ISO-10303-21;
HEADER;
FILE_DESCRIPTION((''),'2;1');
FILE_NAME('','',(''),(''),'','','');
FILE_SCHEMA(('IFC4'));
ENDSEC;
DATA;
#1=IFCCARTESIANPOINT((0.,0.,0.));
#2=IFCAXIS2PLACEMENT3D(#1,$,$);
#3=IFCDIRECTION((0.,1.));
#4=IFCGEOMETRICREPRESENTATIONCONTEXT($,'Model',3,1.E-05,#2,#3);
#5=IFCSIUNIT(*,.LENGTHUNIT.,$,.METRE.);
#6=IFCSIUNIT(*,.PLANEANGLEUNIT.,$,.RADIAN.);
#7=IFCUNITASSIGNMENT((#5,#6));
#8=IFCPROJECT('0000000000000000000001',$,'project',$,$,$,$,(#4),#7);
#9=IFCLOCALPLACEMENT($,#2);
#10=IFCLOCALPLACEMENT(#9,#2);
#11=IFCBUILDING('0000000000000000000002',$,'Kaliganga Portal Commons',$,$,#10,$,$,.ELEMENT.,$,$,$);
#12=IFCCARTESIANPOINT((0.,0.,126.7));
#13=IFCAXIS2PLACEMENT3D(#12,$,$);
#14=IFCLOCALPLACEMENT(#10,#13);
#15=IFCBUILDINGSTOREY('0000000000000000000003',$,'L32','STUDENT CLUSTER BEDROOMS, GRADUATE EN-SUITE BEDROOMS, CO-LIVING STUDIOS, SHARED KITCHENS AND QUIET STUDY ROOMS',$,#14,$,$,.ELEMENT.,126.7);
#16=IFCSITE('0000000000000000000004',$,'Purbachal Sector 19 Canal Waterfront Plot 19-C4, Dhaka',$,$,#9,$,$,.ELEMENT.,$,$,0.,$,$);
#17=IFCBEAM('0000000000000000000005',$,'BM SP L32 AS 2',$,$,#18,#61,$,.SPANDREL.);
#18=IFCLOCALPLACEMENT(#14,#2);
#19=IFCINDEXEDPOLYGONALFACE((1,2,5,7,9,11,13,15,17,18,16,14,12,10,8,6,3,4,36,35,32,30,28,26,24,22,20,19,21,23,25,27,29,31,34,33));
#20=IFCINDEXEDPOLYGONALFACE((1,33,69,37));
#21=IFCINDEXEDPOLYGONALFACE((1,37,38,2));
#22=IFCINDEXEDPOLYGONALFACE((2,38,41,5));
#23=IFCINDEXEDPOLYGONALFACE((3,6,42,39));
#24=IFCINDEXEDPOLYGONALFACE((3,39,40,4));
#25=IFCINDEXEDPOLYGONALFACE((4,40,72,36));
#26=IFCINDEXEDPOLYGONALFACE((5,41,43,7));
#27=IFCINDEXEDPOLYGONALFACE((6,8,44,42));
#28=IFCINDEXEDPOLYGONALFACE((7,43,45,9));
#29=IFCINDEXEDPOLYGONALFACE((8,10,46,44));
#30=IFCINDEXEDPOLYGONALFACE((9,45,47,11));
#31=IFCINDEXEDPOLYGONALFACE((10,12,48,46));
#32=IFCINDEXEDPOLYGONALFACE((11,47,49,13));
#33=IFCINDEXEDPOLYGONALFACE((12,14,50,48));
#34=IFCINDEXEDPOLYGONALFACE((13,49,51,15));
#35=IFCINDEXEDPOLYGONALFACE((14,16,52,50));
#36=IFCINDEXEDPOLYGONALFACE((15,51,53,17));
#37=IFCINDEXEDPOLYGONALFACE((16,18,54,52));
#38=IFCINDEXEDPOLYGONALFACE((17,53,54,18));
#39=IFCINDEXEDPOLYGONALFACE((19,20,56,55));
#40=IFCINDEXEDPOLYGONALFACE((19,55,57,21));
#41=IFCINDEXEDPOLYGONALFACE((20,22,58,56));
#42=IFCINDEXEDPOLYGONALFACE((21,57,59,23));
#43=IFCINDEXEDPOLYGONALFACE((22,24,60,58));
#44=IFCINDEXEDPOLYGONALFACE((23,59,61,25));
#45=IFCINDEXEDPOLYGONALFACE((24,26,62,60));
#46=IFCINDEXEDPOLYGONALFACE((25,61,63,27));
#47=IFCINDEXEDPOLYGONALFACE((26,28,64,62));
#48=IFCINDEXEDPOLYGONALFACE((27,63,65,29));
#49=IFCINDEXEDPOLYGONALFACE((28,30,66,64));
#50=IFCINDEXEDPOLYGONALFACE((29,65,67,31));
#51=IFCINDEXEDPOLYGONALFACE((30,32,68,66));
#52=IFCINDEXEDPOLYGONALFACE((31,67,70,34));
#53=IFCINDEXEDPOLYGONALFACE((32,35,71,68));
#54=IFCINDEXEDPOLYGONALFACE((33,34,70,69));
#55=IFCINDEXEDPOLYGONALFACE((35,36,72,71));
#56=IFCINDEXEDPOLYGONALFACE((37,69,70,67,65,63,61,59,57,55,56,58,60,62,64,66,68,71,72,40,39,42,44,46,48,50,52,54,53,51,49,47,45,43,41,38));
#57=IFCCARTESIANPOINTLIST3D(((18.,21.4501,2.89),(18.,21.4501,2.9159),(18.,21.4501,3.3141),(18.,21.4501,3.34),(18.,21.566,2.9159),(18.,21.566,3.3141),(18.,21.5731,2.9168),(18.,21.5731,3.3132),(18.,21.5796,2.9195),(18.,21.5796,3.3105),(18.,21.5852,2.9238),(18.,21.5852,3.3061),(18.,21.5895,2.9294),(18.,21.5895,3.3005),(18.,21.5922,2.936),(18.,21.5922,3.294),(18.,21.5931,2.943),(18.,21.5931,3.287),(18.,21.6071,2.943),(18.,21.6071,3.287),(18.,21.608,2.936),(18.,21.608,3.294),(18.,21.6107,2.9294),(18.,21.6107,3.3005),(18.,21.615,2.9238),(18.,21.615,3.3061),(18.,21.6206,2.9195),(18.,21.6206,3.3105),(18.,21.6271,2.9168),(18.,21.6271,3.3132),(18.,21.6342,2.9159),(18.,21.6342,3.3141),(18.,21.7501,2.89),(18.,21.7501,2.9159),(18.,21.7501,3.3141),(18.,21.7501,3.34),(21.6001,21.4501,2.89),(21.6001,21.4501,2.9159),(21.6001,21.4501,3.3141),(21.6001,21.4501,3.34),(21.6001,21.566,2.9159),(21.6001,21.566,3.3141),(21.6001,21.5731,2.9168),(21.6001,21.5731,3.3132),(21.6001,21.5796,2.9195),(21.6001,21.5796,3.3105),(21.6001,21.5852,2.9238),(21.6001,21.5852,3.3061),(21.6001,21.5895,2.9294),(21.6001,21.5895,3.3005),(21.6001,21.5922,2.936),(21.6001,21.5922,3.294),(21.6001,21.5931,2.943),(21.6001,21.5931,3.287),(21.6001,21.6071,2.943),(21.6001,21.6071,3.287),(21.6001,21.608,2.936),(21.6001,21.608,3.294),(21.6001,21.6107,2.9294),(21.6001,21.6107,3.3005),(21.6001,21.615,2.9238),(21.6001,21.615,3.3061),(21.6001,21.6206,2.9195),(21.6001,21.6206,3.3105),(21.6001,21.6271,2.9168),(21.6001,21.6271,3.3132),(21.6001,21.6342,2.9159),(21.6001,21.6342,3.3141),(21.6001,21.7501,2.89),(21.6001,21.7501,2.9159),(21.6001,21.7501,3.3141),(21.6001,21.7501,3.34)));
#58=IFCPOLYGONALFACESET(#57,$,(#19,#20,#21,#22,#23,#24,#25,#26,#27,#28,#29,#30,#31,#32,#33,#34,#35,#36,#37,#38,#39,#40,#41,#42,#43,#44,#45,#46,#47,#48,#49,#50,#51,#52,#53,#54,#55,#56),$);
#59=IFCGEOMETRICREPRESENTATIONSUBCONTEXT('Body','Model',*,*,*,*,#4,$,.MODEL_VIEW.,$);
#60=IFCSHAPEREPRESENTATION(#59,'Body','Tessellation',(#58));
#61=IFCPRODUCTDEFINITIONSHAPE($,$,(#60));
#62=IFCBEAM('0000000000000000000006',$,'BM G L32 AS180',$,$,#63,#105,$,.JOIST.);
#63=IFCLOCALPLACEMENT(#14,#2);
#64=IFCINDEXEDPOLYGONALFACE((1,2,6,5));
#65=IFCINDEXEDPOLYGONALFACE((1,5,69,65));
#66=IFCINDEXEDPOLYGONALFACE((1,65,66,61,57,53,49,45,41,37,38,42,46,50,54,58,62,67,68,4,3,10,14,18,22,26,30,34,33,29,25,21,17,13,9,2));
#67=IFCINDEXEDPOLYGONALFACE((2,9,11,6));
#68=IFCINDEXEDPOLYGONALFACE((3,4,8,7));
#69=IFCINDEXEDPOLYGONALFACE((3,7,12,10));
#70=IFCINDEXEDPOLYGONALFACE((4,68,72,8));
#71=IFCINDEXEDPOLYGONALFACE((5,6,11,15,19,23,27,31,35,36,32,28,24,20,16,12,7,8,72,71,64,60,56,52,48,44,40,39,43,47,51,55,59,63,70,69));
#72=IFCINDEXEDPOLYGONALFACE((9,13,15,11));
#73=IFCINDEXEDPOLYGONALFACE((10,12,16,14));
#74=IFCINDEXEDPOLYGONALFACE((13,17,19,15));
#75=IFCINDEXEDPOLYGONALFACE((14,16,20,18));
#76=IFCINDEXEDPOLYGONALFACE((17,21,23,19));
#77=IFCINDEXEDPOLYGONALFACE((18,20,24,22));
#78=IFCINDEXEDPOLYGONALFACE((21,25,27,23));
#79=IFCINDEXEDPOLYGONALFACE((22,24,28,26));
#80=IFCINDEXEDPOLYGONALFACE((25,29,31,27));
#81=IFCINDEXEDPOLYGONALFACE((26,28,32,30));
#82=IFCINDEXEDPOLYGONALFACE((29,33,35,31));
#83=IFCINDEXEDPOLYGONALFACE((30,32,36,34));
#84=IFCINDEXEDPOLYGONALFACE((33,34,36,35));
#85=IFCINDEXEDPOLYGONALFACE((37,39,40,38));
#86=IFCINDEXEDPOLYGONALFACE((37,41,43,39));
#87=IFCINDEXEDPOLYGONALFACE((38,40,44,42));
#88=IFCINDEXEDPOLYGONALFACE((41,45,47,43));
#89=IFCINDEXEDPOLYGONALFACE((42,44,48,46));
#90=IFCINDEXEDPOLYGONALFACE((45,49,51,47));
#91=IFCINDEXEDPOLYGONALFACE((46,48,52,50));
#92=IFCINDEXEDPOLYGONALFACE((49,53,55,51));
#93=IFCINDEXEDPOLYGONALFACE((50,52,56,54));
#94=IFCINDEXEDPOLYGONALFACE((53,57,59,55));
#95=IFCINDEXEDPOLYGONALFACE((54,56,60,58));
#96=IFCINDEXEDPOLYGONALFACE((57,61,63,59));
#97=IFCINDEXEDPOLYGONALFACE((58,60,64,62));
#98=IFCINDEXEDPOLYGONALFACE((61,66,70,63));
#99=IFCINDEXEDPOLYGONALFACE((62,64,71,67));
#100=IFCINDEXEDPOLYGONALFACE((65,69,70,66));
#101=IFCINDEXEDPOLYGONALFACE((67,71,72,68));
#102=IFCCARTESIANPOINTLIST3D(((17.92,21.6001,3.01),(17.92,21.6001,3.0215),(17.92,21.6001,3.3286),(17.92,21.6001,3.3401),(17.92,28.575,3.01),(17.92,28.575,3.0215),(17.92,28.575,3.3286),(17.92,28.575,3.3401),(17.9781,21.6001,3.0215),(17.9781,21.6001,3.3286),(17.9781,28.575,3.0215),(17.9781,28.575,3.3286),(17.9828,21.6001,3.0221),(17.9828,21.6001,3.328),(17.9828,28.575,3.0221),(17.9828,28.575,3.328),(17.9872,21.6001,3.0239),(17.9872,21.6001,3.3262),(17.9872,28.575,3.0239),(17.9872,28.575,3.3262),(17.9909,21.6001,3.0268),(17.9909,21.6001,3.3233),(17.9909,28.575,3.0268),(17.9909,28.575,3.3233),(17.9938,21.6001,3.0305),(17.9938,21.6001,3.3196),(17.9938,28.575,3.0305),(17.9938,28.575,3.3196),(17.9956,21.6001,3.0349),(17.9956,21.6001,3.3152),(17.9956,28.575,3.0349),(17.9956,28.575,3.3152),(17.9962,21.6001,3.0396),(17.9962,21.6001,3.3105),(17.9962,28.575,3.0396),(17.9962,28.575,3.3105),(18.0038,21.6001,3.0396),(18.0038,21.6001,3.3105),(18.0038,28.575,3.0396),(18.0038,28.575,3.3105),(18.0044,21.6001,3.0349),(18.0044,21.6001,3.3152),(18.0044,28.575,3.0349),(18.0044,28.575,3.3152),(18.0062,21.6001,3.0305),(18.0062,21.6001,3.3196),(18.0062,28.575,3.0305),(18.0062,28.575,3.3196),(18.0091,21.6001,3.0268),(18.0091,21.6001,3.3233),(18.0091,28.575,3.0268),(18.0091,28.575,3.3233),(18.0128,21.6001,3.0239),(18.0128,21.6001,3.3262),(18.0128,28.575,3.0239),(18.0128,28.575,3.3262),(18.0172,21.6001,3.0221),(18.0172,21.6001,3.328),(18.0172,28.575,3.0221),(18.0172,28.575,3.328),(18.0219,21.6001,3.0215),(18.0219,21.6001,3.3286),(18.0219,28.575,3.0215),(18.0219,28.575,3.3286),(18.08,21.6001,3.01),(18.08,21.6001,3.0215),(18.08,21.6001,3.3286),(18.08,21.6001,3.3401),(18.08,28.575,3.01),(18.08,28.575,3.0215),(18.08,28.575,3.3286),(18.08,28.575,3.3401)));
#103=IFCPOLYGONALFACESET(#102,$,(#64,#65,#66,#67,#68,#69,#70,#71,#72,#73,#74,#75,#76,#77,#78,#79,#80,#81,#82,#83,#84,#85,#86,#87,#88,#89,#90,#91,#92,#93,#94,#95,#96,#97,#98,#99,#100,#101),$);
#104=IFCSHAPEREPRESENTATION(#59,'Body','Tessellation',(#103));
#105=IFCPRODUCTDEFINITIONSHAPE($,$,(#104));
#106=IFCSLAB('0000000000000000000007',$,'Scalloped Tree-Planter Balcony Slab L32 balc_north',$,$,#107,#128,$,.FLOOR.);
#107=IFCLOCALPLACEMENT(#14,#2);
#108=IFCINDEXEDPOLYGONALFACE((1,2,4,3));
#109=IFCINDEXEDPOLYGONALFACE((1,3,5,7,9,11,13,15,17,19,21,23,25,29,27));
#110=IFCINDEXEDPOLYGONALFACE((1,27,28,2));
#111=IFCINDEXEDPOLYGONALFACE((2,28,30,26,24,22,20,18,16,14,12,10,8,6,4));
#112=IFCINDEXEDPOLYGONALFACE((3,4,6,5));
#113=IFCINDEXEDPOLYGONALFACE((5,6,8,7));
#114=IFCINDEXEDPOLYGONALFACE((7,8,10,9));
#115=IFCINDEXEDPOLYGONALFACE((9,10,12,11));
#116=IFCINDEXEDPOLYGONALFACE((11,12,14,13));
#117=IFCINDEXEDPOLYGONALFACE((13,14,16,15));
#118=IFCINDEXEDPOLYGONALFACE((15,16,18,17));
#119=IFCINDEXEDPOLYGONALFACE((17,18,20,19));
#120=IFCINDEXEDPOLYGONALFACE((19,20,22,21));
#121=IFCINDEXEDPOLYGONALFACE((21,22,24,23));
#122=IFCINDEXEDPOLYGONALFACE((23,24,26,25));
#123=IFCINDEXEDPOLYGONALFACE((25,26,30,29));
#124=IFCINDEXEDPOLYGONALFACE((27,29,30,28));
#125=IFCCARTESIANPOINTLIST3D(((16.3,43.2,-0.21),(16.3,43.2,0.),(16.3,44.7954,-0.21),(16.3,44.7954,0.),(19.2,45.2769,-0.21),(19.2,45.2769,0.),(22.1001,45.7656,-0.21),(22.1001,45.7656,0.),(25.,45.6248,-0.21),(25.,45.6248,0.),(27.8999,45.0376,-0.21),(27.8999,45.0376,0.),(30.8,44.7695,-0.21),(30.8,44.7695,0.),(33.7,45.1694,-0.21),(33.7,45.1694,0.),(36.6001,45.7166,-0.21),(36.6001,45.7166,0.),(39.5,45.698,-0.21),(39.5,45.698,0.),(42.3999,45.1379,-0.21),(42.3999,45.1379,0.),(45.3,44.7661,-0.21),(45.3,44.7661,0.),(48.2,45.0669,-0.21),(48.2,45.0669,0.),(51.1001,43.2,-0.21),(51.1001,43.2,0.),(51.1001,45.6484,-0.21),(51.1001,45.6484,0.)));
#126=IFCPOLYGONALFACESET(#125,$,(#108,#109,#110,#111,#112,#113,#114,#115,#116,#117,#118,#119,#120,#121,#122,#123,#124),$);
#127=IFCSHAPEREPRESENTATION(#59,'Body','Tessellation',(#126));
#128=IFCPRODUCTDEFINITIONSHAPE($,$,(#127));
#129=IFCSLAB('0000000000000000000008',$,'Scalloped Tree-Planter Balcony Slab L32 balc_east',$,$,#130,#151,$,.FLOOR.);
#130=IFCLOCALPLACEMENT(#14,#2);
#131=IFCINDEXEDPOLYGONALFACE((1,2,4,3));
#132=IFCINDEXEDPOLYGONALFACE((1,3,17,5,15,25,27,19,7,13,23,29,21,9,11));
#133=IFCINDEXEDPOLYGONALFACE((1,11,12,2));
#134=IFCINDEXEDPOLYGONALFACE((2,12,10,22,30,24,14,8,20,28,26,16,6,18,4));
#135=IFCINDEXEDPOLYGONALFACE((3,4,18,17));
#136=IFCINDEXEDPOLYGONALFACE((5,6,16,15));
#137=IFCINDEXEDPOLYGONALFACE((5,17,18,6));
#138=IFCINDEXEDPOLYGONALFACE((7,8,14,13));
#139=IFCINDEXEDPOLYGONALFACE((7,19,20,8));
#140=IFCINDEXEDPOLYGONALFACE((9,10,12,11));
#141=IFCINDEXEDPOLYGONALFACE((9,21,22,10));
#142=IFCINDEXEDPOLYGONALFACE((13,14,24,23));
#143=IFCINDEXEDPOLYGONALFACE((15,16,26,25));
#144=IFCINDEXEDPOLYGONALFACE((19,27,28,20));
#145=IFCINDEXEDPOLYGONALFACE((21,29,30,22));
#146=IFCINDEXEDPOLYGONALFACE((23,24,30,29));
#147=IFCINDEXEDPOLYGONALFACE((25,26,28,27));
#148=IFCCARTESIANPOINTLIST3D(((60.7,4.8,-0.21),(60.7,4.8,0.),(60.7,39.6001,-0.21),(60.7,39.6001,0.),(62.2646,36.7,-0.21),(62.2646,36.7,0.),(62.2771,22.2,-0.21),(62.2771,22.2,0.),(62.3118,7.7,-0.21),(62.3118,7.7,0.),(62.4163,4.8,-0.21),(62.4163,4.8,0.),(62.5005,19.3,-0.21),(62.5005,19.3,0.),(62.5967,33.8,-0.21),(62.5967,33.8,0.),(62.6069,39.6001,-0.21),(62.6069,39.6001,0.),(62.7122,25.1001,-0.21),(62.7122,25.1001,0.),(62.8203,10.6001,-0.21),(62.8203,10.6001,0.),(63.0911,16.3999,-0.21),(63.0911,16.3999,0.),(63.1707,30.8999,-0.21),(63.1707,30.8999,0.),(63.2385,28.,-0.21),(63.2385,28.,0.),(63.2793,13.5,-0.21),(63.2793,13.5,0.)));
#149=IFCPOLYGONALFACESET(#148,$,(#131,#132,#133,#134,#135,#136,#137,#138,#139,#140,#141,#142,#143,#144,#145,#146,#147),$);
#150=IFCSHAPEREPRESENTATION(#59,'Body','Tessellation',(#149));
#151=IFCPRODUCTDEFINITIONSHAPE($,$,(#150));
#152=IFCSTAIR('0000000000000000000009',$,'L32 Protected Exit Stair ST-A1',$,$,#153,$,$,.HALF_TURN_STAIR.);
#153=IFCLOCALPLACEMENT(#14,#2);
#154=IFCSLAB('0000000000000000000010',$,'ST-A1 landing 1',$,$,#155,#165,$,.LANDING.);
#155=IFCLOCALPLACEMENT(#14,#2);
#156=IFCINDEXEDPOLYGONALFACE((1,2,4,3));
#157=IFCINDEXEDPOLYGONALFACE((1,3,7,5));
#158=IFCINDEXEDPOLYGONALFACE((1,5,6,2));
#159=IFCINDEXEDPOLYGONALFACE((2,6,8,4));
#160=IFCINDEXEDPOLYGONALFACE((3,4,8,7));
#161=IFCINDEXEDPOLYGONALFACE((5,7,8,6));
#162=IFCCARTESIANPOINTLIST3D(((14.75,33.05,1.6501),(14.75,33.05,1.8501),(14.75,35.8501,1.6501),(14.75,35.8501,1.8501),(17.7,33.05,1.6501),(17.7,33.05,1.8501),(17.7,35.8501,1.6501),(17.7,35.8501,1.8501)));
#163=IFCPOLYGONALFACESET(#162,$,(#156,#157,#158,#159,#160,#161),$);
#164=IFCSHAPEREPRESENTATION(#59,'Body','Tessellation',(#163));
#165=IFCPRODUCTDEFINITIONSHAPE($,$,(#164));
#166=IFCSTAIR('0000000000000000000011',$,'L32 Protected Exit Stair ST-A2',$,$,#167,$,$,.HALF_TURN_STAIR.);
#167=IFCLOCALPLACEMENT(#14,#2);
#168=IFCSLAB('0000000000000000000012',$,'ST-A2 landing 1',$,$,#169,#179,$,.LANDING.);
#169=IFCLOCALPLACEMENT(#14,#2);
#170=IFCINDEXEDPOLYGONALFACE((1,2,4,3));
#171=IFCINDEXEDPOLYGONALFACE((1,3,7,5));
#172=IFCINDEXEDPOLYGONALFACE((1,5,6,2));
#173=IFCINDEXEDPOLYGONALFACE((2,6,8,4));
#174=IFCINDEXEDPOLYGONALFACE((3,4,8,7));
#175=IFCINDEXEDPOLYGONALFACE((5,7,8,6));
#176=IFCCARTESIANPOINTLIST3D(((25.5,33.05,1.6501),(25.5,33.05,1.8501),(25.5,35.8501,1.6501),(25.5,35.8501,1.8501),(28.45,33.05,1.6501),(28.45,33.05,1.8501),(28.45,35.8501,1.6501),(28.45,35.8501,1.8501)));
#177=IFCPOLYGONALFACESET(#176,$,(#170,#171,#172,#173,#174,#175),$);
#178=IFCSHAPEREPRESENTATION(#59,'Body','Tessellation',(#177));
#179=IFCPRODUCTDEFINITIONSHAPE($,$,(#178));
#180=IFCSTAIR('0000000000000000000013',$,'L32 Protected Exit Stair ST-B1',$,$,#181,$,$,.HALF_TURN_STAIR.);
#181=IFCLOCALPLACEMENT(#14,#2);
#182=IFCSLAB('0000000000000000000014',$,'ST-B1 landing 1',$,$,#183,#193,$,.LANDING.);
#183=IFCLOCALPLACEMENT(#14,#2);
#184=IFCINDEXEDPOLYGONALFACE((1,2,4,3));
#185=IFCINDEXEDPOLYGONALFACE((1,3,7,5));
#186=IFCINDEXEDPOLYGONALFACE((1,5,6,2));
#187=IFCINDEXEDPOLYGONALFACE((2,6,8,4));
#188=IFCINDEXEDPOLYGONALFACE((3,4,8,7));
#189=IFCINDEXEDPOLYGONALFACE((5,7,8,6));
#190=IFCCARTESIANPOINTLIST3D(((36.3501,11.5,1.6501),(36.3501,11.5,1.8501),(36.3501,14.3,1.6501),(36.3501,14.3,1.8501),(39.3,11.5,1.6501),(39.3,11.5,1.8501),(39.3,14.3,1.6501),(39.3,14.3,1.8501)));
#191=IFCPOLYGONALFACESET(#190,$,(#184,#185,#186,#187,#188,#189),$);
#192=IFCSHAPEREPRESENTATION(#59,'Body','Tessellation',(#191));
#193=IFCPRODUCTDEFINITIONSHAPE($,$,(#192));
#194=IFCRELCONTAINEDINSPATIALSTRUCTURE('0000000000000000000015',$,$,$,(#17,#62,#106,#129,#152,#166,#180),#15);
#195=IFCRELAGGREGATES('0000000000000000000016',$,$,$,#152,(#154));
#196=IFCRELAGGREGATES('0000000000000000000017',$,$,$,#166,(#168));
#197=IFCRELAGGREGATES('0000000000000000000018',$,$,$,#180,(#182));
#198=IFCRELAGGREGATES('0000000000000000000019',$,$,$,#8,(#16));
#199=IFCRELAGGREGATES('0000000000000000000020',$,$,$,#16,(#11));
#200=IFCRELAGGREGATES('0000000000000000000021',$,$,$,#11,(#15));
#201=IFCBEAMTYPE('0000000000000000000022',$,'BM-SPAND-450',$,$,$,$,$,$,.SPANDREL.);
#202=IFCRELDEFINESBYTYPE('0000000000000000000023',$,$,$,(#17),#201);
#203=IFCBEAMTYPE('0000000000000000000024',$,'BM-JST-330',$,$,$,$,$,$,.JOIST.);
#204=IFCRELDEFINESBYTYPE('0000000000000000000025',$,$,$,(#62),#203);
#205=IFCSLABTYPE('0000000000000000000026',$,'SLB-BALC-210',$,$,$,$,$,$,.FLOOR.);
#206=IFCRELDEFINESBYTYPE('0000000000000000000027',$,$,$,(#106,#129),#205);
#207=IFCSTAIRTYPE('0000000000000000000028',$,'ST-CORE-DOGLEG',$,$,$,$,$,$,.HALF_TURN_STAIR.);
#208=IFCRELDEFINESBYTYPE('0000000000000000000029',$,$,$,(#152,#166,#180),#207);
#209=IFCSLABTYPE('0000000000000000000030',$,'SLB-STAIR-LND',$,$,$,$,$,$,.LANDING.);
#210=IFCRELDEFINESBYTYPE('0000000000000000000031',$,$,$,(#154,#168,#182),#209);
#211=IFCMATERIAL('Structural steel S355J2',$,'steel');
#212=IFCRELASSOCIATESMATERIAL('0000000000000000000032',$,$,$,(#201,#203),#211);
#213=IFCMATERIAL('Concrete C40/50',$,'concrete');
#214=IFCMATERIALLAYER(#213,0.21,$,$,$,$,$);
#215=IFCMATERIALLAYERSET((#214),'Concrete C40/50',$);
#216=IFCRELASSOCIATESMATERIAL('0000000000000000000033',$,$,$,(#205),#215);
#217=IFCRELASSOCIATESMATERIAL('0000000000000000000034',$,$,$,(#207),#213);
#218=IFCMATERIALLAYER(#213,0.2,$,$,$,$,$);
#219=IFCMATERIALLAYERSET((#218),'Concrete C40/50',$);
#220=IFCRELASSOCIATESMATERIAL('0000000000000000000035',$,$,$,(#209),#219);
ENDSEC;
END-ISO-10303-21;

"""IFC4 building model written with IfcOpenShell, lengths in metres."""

from ifc_helpers import new_model, si_unit, direction, frame, origin, origin_2d, place, context, subcontext, project, spatial, polyline, i_section, outline, extrude, source, transform, mapped, material, layer, layer_set, material_profile, profile_set, type_object, element, aggregate, save


model = new_model("IFC4")

# Units and contexts
model_context = context("Model", 3, precision=1e-05, world=origin(), true_north=direction((0.0, 1.0)))
body_context = subcontext(model_context, "Body", "Model", "MODEL_VIEW")
ifc_project = project(units=[si_unit("LENGTHUNIT", "METRE"), si_unit("PLANEANGLEUNIT", "RADIAN")], contexts=[model_context])

# Site, building, storey
site_placement = place(None, origin())
site = spatial("IfcSite", under=ifc_project, at=site_placement, Name="Purbachal Sector 19 Canal Waterfront Plot 19-C4, Dhaka", CompositionType="ELEMENT", RefElevation=0.0)
building_placement = place(site_placement, origin())
building = spatial("IfcBuilding", under=site, at=building_placement, Name="Kaliganga Portal Commons", CompositionType="ELEMENT")
storey_placement = place(building_placement, frame((0.0, 0.0, 126.7)))
storey = spatial("IfcBuildingStorey", under=building, at=storey_placement, Name="L32", Description="STUDENT CLUSTER BEDROOMS, GRADUATE EN-SUITE BEDROOMS, CO-LIVING STUDIOS, SHARED KITCHENS AND QUIET STUDY ROOMS", CompositionType="ELEMENT", Elevation=126.7)

# Beams
ifc_material_1 = material(Name="Structural steel S355J2", Category="steel")
ifc_material_profile_1 = material_profile(ifc_material_1, i_section(OverallWidth=0.3, OverallDepth=0.45, WebThickness=0.0139, FlangeThickness=0.0259, FilletRadius=0.0271, at=origin_2d()), Name="HE 450 B")
ifc_profile_set_1 = profile_set([ifc_material_profile_1], Name="Structural steel S355J2 wide-flange")
beam_type_1 = type_object("IfcBeamType", Name="BM-SPAND-450", PredefinedType="SPANDREL", material=ifc_profile_set_1)
shared_shape_1 = source(origin(), body_context, "Body", "SweptSolid", [
    extrude(i_section(OverallWidth=0.3, OverallDepth=0.45, WebThickness=0.0139, FlangeThickness=0.0259, FilletRadius=0.0271, at=origin_2d()), origin(), (0.0, 0.0, 1.0), 3.6001),
])
for number, where, z_axis, x_axis, name in (
    (1, (18.0, 21.6001, 3.115), (1.0, 0.0, 0.0), (0.0, 1.0, 0.0), "BM SP L32 AS 2"),
):
    element("IfcBeam", number, at=place(storey_placement, frame(where, z_axis=z_axis, x_axis=x_axis)), inside=storey, type_object=beam_type_1, Name=name, PredefinedType="SPANDREL", context=body_context, shape_type="MappedRepresentation", body=[
        mapped(shared_shape_1, transform((0.0, 0.0, 0.0), x_axis=(1.0, 0.0, 0.0), y_axis=(0.0, 1.0, 0.0), z_axis=(0.0, 0.0, 1.0), scale=1.0)),
    ])
ifc_material_profile_2 = material_profile(ifc_material_1, i_section(OverallWidth=0.1599, OverallDepth=0.3301, WebThickness=0.0076, FlangeThickness=0.0115, FilletRadius=0.0181, at=origin_2d()), Name="IPE 330")
ifc_profile_set_2 = profile_set([ifc_material_profile_2], Name="Structural steel S355J2 wide-flange")
beam_type_2 = type_object("IfcBeamType", Name="BM-JST-330", PredefinedType="JOIST", material=ifc_profile_set_2)
shared_shape_2 = source(origin(), body_context, "Body", "SweptSolid", [
    extrude(i_section(OverallWidth=0.1599, OverallDepth=0.3301, WebThickness=0.0076, FlangeThickness=0.0115, FilletRadius=0.0181, at=origin_2d()), origin(), (0.0, 0.0, 1.0), 6.9749),
])
beam_1_placement = place(storey_placement, frame((18.0, 21.6001, 3.175), z_axis=(0.0, 1.0, 0.0), x_axis=(-1.0, 0.0, 0.0)))
element("IfcBeam", 2, at=beam_1_placement, inside=storey, type_object=beam_type_2, Name="BM G L32 AS180", PredefinedType="JOIST", context=body_context, shape_type="MappedRepresentation", body=[
    mapped(shared_shape_2, transform((0.0, 0.0, 0.0), x_axis=(1.0, 0.0, 0.0), y_axis=(0.0, 1.0, 0.0), z_axis=(0.0, 0.0, 1.0), scale=1.0)),
])

# Slabs
ifc_material_2 = material(Name="Concrete C40/50", Category="concrete")
ifc_layer_1 = layer(ifc_material_2, 0.21)
ifc_layer_set_1 = layer_set([ifc_layer_1], Name="Concrete C40/50")
slab_type_1 = type_object("IfcSlabType", Name="SLB-BALC-210", PredefinedType="FLOOR", material=ifc_layer_set_1)
slab_1_placement = place(storey_placement, frame((0.0, 0.0, -0.21)))
element("IfcSlab", 3, at=slab_1_placement, inside=storey, type_object=slab_type_1, Name="Scalloped Tree-Planter Balcony Slab L32 balc_north", PredefinedType="FLOOR", context=body_context, shape_type="SweptSolid", body=[
    extrude(outline(polyline([(51.1001, 43.2), (51.1001, 45.6484), (48.2, 45.0669), (45.3, 44.7661), (42.3999, 45.1379), (39.5, 45.698), (36.6001, 45.7166), (33.7, 45.1694), (30.8, 44.7695), (27.8999, 45.0376), (25.0, 45.6248), (22.1001, 45.7656), (19.2, 45.2769), (16.3, 44.7954), (16.3, 43.2), (51.1001, 43.2)])), origin(), (0.0, 0.0, 1.0), 0.21),
])
slab_2_placement = place(storey_placement, frame((0.0, 0.0, -0.21)))
element("IfcSlab", 4, at=slab_2_placement, inside=storey, type_object=slab_type_1, Name="Scalloped Tree-Planter Balcony Slab L32 balc_east", PredefinedType="FLOOR", context=body_context, shape_type="SweptSolid", body=[
    extrude(outline(polyline([(60.7, 4.8), (62.4163, 4.8), (62.3118, 7.7), (62.8203, 10.6001), (63.2793, 13.5), (63.0911, 16.3999), (62.5005, 19.3), (62.2771, 22.2), (62.7122, 25.1001), (63.2385, 28.0), (63.1707, 30.8999), (62.5967, 33.8), (62.2646, 36.7), (62.6069, 39.6001), (60.7, 39.6001), (60.7, 4.8)])), origin(), (0.0, 0.0, 1.0), 0.21),
])

# Stairs, slabs
stair_type = type_object("IfcStairType", Name="ST-CORE-DOGLEG", PredefinedType="HALF_TURN_STAIR", material=ifc_material_2)
stair_1_placement = place(storey_placement, origin())
stair_1 = element("IfcStair", 5, at=stair_1_placement, inside=storey, type_object=stair_type, Name="L32 Protected Exit Stair ST-A1", PredefinedType="HALF_TURN_STAIR")
ifc_layer_2 = layer(ifc_material_2, 0.2)
ifc_layer_set_2 = layer_set([ifc_layer_2], Name="Concrete C40/50")
slab_type_2 = type_object("IfcSlabType", Name="SLB-STAIR-LND", PredefinedType="LANDING", material=ifc_layer_set_2)
slab_3_placement = place(storey_placement, frame((0.0, 0.0, 1.6501)))
slab_3 = element("IfcSlab", 6, at=slab_3_placement, type_object=slab_type_2, Name="ST-A1 landing 1", PredefinedType="LANDING", context=body_context, shape_type="SweptSolid", body=[
    extrude(outline(polyline([(17.7, 33.05), (17.7, 35.8501), (14.75, 35.8501), (14.75, 33.05), (17.7, 33.05)])), origin(), (0.0, 0.0, 1.0), 0.2),
])
aggregate(stair_1, [slab_3])
stair_2_placement = place(storey_placement, origin())
stair_2 = element("IfcStair", 7, at=stair_2_placement, inside=storey, type_object=stair_type, Name="L32 Protected Exit Stair ST-A2", PredefinedType="HALF_TURN_STAIR")
slab_4_placement = place(storey_placement, frame((0.0, 0.0, 1.6501)))
slab_4 = element("IfcSlab", 8, at=slab_4_placement, type_object=slab_type_2, Name="ST-A2 landing 1", PredefinedType="LANDING", context=body_context, shape_type="SweptSolid", body=[
    extrude(outline(polyline([(28.45, 33.05), (28.45, 35.8501), (25.5, 35.8501), (25.5, 33.05), (28.45, 33.05)])), origin(), (0.0, 0.0, 1.0), 0.2),
])
aggregate(stair_2, [slab_4])
stair_3_placement = place(storey_placement, origin())
stair_3 = element("IfcStair", 9, at=stair_3_placement, inside=storey, type_object=stair_type, Name="L32 Protected Exit Stair ST-B1", PredefinedType="HALF_TURN_STAIR")
slab_5_placement = place(storey_placement, frame((0.0, 0.0, 1.6501)))
slab_5 = element("IfcSlab", 10, at=slab_5_placement, type_object=slab_type_2, Name="ST-B1 landing 1", PredefinedType="LANDING", context=body_context, shape_type="SweptSolid", body=[
    extrude(outline(polyline([(39.3, 11.5), (39.3, 14.3), (36.3501, 14.3), (36.3501, 11.5), (39.3, 11.5)])), origin(), (0.0, 0.0, 1.0), 0.2),
])
aggregate(stair_3, [slab_5])

save(model, "model.ifc")
